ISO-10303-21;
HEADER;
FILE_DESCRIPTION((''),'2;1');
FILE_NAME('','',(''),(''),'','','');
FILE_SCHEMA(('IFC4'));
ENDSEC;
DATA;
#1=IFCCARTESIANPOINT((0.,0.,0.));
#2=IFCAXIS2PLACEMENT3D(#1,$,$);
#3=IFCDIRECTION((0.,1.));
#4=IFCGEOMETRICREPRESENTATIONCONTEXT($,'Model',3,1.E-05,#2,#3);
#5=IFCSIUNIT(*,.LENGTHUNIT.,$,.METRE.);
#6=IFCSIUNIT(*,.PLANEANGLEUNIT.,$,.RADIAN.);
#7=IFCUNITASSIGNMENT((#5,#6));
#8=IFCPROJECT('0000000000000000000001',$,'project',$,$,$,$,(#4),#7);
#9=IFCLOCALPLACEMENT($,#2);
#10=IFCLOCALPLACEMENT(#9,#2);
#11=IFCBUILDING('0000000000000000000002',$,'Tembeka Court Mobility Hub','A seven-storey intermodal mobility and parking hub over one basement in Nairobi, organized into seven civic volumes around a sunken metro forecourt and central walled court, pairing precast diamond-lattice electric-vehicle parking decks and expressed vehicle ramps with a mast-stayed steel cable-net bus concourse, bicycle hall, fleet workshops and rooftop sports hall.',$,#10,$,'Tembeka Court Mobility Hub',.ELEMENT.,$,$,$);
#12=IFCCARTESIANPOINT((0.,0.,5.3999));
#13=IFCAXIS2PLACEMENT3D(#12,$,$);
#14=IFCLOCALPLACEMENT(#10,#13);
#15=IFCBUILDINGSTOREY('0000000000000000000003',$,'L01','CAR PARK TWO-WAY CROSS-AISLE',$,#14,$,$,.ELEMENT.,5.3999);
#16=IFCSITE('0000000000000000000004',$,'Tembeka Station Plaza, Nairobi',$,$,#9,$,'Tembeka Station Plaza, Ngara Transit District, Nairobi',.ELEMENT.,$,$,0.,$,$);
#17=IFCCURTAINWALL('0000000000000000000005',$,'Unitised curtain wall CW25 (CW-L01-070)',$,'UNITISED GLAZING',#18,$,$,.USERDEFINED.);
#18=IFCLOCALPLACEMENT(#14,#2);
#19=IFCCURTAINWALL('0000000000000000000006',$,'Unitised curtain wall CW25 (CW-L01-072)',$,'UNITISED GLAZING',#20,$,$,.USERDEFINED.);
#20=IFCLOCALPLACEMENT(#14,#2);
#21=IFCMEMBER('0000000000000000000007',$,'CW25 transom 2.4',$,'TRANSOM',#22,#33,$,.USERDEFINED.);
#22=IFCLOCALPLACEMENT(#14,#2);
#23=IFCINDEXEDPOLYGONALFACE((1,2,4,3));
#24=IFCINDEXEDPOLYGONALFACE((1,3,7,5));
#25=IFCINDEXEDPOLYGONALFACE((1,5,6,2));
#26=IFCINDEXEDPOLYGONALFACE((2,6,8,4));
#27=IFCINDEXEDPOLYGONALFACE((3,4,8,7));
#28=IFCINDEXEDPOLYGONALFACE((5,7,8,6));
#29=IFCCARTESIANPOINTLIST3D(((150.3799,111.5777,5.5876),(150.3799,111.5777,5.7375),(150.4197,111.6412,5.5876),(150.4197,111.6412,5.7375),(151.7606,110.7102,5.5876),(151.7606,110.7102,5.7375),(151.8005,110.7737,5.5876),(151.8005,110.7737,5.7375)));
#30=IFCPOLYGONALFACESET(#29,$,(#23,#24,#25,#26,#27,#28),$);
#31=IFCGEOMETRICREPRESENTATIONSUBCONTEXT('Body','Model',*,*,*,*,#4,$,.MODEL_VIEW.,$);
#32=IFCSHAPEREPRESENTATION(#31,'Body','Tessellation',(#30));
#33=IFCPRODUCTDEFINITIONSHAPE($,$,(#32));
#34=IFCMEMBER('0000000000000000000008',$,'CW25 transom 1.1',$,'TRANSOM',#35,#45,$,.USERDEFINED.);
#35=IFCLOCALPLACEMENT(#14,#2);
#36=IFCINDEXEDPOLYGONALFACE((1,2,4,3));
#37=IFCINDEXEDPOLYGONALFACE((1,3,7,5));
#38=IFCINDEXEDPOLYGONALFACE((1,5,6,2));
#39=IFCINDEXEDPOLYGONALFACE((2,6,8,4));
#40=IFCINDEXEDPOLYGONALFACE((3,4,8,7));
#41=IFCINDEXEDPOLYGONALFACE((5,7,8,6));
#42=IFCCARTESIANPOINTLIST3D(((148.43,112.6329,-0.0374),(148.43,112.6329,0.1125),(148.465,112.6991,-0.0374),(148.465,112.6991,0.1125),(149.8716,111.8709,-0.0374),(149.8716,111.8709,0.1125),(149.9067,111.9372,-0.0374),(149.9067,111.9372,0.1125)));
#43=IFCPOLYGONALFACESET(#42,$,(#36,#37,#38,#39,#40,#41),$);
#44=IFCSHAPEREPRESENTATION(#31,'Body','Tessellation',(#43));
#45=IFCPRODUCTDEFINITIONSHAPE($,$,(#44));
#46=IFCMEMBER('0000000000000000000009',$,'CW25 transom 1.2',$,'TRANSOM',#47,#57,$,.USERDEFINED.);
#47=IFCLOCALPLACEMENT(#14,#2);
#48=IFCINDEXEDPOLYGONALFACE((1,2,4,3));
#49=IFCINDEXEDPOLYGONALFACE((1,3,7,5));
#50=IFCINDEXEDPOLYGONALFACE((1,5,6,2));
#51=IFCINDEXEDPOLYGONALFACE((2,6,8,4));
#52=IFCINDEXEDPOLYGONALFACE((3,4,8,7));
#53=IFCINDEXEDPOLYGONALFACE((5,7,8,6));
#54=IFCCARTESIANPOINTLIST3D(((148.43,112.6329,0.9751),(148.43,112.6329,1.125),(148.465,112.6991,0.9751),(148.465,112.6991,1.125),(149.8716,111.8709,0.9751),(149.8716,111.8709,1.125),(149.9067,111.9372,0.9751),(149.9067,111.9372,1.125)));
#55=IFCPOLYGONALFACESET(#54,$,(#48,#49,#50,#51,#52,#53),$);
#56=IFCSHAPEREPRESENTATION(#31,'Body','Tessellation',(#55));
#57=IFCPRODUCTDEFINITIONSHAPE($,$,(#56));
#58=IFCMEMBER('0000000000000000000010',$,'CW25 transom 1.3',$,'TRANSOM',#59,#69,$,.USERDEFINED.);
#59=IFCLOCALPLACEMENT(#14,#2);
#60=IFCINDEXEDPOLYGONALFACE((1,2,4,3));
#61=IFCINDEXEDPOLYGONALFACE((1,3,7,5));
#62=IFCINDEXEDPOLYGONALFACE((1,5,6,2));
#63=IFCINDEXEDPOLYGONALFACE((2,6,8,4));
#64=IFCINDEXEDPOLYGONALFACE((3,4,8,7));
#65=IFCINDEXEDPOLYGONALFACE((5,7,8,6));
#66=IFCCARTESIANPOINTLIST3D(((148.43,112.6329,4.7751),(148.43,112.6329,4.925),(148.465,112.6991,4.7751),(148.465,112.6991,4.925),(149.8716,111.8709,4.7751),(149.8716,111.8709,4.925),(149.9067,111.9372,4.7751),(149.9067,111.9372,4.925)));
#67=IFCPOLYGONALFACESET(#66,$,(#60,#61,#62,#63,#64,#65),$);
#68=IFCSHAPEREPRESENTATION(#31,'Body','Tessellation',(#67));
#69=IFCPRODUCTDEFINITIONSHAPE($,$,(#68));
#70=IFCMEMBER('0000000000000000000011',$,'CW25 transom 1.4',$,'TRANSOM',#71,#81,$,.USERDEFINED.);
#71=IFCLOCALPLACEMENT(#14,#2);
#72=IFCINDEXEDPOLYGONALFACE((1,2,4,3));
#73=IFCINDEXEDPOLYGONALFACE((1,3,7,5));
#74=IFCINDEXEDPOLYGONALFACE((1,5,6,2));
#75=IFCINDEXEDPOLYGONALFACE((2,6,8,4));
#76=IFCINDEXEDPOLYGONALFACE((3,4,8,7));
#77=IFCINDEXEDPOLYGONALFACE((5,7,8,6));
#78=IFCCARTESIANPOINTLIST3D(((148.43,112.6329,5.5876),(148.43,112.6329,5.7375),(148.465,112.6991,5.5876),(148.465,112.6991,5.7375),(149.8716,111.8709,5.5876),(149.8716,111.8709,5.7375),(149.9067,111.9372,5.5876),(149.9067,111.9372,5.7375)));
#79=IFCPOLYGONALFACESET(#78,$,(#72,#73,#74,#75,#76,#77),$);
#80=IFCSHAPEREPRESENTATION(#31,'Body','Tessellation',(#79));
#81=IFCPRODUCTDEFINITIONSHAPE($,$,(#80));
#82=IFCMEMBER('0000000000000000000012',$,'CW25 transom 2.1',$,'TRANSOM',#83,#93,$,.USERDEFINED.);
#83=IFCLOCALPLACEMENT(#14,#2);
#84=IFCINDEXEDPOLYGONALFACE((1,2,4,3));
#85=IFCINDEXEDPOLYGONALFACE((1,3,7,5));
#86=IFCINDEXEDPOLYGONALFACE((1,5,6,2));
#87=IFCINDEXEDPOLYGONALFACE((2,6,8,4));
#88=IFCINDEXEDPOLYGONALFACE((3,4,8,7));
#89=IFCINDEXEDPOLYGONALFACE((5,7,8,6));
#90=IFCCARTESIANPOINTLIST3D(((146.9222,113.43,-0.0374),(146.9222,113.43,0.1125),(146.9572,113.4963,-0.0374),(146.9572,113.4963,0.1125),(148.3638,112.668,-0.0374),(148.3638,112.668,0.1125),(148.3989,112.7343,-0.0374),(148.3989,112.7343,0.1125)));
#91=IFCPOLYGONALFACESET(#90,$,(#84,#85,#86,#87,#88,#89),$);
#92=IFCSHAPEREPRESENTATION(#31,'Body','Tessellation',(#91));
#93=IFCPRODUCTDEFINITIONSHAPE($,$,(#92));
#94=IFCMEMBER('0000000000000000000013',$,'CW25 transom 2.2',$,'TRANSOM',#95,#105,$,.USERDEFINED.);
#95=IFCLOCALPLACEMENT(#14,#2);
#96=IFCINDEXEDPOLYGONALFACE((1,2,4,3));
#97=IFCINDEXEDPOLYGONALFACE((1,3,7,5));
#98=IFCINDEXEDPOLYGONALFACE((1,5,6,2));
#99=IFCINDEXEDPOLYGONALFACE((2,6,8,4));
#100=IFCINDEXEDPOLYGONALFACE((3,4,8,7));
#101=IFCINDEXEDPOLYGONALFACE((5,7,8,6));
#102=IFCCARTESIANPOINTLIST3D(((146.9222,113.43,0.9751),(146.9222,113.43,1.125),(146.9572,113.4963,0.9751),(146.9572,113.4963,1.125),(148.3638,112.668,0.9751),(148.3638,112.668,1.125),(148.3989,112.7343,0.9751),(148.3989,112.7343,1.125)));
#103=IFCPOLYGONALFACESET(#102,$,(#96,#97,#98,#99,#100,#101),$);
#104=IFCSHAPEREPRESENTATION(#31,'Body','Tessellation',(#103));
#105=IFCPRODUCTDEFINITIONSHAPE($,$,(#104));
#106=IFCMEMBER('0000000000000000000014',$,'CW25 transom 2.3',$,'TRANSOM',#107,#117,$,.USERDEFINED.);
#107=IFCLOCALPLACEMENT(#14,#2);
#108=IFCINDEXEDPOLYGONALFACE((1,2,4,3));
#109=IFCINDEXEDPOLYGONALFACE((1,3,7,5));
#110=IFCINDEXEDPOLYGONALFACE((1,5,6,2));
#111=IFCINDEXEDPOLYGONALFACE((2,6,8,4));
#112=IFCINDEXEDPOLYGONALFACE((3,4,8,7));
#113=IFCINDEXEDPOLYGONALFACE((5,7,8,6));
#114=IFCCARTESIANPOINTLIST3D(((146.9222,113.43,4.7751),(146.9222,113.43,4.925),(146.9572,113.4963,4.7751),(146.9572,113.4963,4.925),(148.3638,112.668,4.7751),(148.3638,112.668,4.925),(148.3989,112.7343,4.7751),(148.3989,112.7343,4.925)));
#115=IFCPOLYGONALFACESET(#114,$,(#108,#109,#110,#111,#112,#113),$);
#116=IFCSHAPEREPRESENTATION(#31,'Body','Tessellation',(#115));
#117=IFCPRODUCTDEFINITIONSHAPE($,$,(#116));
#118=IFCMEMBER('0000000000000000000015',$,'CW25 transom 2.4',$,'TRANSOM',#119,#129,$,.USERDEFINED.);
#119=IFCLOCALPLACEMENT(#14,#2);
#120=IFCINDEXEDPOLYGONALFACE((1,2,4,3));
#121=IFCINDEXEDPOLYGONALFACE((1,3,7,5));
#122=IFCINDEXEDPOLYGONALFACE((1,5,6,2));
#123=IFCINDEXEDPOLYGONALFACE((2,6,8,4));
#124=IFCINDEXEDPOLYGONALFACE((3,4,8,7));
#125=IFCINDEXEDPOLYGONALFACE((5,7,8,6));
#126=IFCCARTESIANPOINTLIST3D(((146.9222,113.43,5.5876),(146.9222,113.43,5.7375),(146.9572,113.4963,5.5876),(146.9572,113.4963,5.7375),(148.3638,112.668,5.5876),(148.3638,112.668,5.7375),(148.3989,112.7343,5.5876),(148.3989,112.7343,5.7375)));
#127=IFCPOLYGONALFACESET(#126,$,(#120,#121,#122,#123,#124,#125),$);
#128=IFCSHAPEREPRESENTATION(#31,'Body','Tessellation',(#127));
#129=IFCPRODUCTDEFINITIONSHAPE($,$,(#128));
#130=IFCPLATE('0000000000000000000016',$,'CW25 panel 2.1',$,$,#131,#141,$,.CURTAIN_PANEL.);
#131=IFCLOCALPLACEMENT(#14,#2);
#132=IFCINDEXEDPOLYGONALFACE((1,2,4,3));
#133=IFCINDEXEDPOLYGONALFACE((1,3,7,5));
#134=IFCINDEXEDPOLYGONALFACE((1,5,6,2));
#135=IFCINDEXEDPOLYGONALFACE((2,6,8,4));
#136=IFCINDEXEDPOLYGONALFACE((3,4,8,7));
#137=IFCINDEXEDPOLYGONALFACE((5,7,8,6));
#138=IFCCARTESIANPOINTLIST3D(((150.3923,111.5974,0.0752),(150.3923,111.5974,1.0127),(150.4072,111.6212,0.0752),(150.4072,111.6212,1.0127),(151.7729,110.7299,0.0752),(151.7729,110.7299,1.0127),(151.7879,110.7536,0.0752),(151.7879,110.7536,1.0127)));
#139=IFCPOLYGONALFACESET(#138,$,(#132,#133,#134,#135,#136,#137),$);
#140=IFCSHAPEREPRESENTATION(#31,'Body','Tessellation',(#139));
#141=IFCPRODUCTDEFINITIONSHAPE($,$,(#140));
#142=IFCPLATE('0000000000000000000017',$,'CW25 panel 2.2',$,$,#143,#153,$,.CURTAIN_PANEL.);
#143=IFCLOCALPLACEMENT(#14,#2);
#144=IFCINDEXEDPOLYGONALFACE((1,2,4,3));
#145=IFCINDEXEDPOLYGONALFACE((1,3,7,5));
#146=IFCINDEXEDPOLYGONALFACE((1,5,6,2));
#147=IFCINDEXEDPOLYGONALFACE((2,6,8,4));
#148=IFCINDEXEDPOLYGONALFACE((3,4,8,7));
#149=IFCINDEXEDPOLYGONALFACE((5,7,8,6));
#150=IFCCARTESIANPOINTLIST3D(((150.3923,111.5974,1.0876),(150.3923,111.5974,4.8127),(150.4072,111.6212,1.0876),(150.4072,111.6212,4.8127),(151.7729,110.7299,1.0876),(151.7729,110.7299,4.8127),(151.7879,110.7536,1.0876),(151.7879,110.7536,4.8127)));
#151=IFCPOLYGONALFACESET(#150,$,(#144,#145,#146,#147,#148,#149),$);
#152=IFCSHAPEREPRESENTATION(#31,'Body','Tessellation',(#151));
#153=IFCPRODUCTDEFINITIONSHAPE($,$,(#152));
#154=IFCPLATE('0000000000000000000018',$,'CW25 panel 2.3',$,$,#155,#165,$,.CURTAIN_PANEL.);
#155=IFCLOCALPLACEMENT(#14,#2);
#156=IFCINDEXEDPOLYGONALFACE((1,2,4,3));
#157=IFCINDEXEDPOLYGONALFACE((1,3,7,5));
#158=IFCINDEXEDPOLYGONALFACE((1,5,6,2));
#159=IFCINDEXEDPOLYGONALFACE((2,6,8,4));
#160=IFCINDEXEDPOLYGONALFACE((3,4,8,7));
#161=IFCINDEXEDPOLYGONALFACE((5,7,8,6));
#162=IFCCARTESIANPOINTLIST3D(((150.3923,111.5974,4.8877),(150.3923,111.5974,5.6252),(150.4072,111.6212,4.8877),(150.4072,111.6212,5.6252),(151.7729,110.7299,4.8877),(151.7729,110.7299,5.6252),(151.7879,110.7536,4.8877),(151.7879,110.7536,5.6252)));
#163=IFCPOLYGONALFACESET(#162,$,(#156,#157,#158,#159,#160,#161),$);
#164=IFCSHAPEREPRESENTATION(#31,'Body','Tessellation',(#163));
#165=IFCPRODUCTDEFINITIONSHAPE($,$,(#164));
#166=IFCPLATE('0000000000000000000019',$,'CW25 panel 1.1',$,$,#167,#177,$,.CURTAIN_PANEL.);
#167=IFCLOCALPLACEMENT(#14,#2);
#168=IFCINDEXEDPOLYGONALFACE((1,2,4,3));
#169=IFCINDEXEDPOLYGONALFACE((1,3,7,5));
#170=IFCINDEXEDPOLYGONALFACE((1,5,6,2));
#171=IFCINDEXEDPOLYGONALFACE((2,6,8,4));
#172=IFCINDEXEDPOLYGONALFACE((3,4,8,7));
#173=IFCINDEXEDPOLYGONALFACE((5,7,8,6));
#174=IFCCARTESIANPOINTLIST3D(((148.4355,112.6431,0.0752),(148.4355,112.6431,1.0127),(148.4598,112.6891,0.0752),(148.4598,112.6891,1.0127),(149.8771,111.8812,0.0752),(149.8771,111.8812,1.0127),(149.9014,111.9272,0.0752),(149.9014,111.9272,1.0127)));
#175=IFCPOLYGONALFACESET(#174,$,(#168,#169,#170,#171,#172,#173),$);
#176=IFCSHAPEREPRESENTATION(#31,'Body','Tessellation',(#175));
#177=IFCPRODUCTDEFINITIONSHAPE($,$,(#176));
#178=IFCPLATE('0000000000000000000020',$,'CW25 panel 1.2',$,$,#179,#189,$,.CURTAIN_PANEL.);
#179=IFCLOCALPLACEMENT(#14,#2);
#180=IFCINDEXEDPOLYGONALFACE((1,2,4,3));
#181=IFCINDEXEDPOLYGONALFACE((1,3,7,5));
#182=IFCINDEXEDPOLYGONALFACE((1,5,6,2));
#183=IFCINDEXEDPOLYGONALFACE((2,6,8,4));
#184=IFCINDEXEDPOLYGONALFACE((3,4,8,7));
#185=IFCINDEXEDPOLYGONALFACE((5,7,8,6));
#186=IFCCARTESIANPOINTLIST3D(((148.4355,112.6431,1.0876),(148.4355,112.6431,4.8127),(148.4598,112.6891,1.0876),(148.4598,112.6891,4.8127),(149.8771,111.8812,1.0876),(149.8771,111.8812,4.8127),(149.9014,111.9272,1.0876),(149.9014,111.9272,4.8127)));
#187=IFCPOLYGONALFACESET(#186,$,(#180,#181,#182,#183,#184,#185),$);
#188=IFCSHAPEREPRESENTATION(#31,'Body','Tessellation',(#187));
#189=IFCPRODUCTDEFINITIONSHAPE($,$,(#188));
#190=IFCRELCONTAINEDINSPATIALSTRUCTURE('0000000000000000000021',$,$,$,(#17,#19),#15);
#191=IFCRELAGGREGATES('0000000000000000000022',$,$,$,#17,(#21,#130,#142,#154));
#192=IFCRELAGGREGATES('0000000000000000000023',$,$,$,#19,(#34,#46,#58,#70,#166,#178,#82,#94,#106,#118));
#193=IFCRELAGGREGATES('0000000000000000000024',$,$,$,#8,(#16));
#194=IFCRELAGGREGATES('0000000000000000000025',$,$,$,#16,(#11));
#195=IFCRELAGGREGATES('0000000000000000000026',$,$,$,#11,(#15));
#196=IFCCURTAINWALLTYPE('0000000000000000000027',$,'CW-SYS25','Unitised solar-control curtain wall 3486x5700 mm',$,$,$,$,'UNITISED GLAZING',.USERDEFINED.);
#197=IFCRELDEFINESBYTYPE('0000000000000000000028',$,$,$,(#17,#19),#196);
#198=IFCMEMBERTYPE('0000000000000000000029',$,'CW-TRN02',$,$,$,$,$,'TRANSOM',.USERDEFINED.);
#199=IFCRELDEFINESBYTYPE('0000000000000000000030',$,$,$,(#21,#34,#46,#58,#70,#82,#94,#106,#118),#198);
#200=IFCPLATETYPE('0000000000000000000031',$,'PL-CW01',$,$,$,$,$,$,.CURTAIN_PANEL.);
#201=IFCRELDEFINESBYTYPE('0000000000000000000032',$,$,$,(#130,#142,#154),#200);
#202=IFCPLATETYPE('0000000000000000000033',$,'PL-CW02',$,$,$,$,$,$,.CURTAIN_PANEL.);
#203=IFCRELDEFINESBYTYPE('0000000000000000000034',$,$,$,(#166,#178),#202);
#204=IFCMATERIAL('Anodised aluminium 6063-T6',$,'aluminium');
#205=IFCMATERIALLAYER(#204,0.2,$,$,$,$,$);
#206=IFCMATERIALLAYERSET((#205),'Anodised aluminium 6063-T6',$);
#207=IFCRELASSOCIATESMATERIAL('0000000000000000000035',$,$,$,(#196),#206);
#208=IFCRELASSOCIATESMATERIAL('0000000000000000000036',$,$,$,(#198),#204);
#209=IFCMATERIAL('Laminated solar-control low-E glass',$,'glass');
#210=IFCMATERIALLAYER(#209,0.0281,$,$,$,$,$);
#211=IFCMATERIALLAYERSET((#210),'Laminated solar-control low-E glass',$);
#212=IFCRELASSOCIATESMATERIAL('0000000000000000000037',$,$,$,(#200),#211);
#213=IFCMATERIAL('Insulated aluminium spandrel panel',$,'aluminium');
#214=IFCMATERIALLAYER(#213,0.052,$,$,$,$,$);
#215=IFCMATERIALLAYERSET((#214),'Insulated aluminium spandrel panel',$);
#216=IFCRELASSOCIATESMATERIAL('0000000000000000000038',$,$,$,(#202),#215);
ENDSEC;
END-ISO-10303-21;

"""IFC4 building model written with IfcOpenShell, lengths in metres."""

from ifc_helpers import new_model, si_unit, direction, frame, origin, origin_2d, place, context, subcontext, project, spatial, rectangle, extrude, material, layer, layer_set, material_profile, profile_set, type_object, element, aggregate, save


model = new_model("IFC4")

# Units and contexts
model_context = context("Model", 3, precision=1e-05, world=origin(), true_north=direction((0.0, 1.0)))
body_context = subcontext(model_context, "Body", "Model", "MODEL_VIEW")
ifc_project = project(units=[si_unit("LENGTHUNIT", "METRE"), si_unit("PLANEANGLEUNIT", "RADIAN")], contexts=[model_context])

# Site, building, storey
site_placement = place(None, origin())
site = spatial("IfcSite", under=ifc_project, at=site_placement, Name="Tembeka Station Plaza, Nairobi", LongName="Tembeka Station Plaza, Ngara Transit District, Nairobi", CompositionType="ELEMENT", RefElevation=0.0)
building_placement = place(site_placement, origin())
building = spatial("IfcBuilding", under=site, at=building_placement, Name="Tembeka Court Mobility Hub", Description="A seven-storey intermodal mobility and parking hub over one basement in Nairobi, organized into seven civic volumes around a sunken metro forecourt and central walled court, pairing precast diamond-lattice electric-vehicle parking decks and expressed vehicle ramps with a mast-stayed steel cable-net bus concourse, bicycle hall, fleet workshops and rooftop sports hall.", LongName="Tembeka Court Mobility Hub", CompositionType="ELEMENT")
storey_placement = place(building_placement, frame((0.0, 0.0, 5.3999)))
storey = spatial("IfcBuildingStorey", under=building, at=storey_placement, Name="L01", Description="CAR PARK TWO-WAY CROSS-AISLE", CompositionType="ELEMENT", Elevation=5.3999)

# Curtain wall
ifc_material_1 = material(Name="Anodised aluminium 6063-T6", Category="aluminium")
ifc_layer_1 = layer(ifc_material_1, 0.2)
ifc_layer_set_1 = layer_set([ifc_layer_1], Name="Anodised aluminium 6063-T6")
curtain_wall_type = type_object("IfcCurtainWallType", Name="CW-SYS25", Description="Unitised solar-control curtain wall 3486x5700 mm", ElementType="UNITISED GLAZING", PredefinedType="USERDEFINED", material=ifc_layer_set_1)
curtain_wall_1_placement = place(storey_placement, origin())
curtain_wall_1 = element("IfcCurtainWall", 1, at=curtain_wall_1_placement, inside=storey, type_object=curtain_wall_type, Name="Unitised curtain wall CW25 (CW-L01-070)", ObjectType="UNITISED GLAZING", PredefinedType="USERDEFINED")

# Curtain wall
curtain_wall_2_placement = place(storey_placement, origin())
curtain_wall_2 = element("IfcCurtainWall", 2, at=curtain_wall_2_placement, inside=storey, type_object=curtain_wall_type, Name="Unitised curtain wall CW25 (CW-L01-072)", ObjectType="UNITISED GLAZING", PredefinedType="USERDEFINED")

# Members
ifc_material_profile_1 = material_profile(ifc_material_1, rectangle(XDim=0.075, YDim=0.1499, at=origin_2d()), Name="ALU-TRN 75x150")
ifc_profile_set_1 = profile_set([ifc_material_profile_1], Name="Anodised aluminium 6063-T6")
member_type_1 = type_object("IfcMemberType", Name="CW-TRN02", ElementType="TRANSOM", PredefinedType="USERDEFINED", material=ifc_profile_set_1)
member_1_placement = place(storey_placement, frame((151.7805, 110.7419, 5.6626), z_axis=(-0.846743, 0.532003, 0.0), x_axis=(-0.532003, -0.846743, 0.0)))
member_1 = element("IfcMember", 3, at=member_1_placement, type_object=member_type_1, Name="CW25 transom 2.4", ObjectType="TRANSOM", PredefinedType="USERDEFINED", context=body_context, shape_type="SweptSolid", body=[
    extrude(rectangle(XDim=0.075, YDim=0.1499, at=origin_2d()), origin(), (0.0, 0.0, 1.0), 1.6306),
])
member_2_placement = place(storey_placement, frame((149.8892, 111.9041, 0.0376), z_axis=(-0.884108, 0.467282, 0.0), x_axis=(-0.467282, -0.884108, 0.0)))
member_2 = element("IfcMember", 4, at=member_2_placement, type_object=member_type_1, Name="CW25 transom 1.1", ObjectType="TRANSOM", PredefinedType="USERDEFINED", context=body_context, shape_type="SweptSolid", body=[
    extrude(rectangle(XDim=0.075, YDim=0.1499, at=origin_2d()), origin(), (0.0, 0.0, 1.0), 1.6306),
])
member_3_placement = place(storey_placement, frame((149.8892, 111.9041, 1.05), z_axis=(-0.884108, 0.467282, 0.0), x_axis=(-0.467282, -0.884108, 0.0)))
member_3 = element("IfcMember", 5, at=member_3_placement, type_object=member_type_1, Name="CW25 transom 1.2", ObjectType="TRANSOM", PredefinedType="USERDEFINED", context=body_context, shape_type="SweptSolid", body=[
    extrude(rectangle(XDim=0.075, YDim=0.1499, at=origin_2d()), origin(), (0.0, 0.0, 1.0), 1.6306),
])
member_4_placement = place(storey_placement, frame((149.8892, 111.9041, 4.8501), z_axis=(-0.884108, 0.467282, 0.0), x_axis=(-0.467282, -0.884108, 0.0)))
member_4 = element("IfcMember", 6, at=member_4_placement, type_object=member_type_1, Name="CW25 transom 1.3", ObjectType="TRANSOM", PredefinedType="USERDEFINED", context=body_context, shape_type="SweptSolid", body=[
    extrude(rectangle(XDim=0.075, YDim=0.1499, at=origin_2d()), origin(), (0.0, 0.0, 1.0), 1.6306),
])
member_5_placement = place(storey_placement, frame((149.8892, 111.9041, 5.6626), z_axis=(-0.884108, 0.467282, 0.0), x_axis=(-0.467282, -0.884108, 0.0)))
member_5 = element("IfcMember", 7, at=member_5_placement, type_object=member_type_1, Name="CW25 transom 1.4", ObjectType="TRANSOM", PredefinedType="USERDEFINED", context=body_context, shape_type="SweptSolid", body=[
    extrude(rectangle(XDim=0.075, YDim=0.1499, at=origin_2d()), origin(), (0.0, 0.0, 1.0), 1.6306),
])
member_6_placement = place(storey_placement, frame((148.3813, 112.7012, 0.0376), z_axis=(-0.884108, 0.467282, 0.0), x_axis=(-0.467282, -0.884108, 0.0)))
member_6 = element("IfcMember", 8, at=member_6_placement, type_object=member_type_1, Name="CW25 transom 2.1", ObjectType="TRANSOM", PredefinedType="USERDEFINED", context=body_context, shape_type="SweptSolid", body=[
    extrude(rectangle(XDim=0.075, YDim=0.1499, at=origin_2d()), origin(), (0.0, 0.0, 1.0), 1.6306),
])
member_7_placement = place(storey_placement, frame((148.3813, 112.7012, 1.05), z_axis=(-0.884108, 0.467282, 0.0), x_axis=(-0.467282, -0.884108, 0.0)))
member_7 = element("IfcMember", 9, at=member_7_placement, type_object=member_type_1, Name="CW25 transom 2.2", ObjectType="TRANSOM", PredefinedType="USERDEFINED", context=body_context, shape_type="SweptSolid", body=[
    extrude(rectangle(XDim=0.075, YDim=0.1499, at=origin_2d()), origin(), (0.0, 0.0, 1.0), 1.6306),
])
member_8_placement = place(storey_placement, frame((148.3813, 112.7012, 4.8501), z_axis=(-0.884108, 0.467282, 0.0), x_axis=(-0.467282, -0.884108, 0.0)))
member_8 = element("IfcMember", 10, at=member_8_placement, type_object=member_type_1, Name="CW25 transom 2.3", ObjectType="TRANSOM", PredefinedType="USERDEFINED", context=body_context, shape_type="SweptSolid", body=[
    extrude(rectangle(XDim=0.075, YDim=0.1499, at=origin_2d()), origin(), (0.0, 0.0, 1.0), 1.6306),
])
member_9_placement = place(storey_placement, frame((148.3813, 112.7012, 5.6626), z_axis=(-0.884108, 0.467282, 0.0), x_axis=(-0.467282, -0.884108, 0.0)))
member_9 = element("IfcMember", 11, at=member_9_placement, type_object=member_type_1, Name="CW25 transom 2.4", ObjectType="TRANSOM", PredefinedType="USERDEFINED", context=body_context, shape_type="SweptSolid", body=[
    extrude(rectangle(XDim=0.075, YDim=0.1499, at=origin_2d()), origin(), (0.0, 0.0, 1.0), 1.6306),
])

# Plates
ifc_material_2 = material(Name="Laminated solar-control low-E glass", Category="glass")
ifc_layer_2 = layer(ifc_material_2, 0.0281)
ifc_layer_set_2 = layer_set([ifc_layer_2], Name="Laminated solar-control low-E glass")
plate_type_1 = type_object("IfcPlateType", Name="PL-CW01", PredefinedType="CURTAIN_PANEL", material=ifc_layer_set_2)
plate_1_placement = place(storey_placement, frame((151.0901, 111.1755, 0.0752), z_axis=(0.0, 0.0, 1.0), x_axis=(-0.846708, 0.532058, 0.0)))
plate_1 = element("IfcPlate", 12, at=plate_1_placement, type_object=plate_type_1, Name="CW25 panel 2.1", PredefinedType="CURTAIN_PANEL", context=body_context, shape_type="SweptSolid", body=[
    extrude(rectangle(XDim=1.6306, YDim=0.0281, at=origin_2d()), origin(), (0.0, 0.0, 1.0), 0.9375),
])
plate_2_placement = place(storey_placement, frame((151.0901, 111.1755, 1.0876), z_axis=(0.0, 0.0, 1.0), x_axis=(-0.846708, 0.532058, 0.0)))
plate_2 = element("IfcPlate", 13, at=plate_2_placement, type_object=plate_type_1, Name="CW25 panel 2.2", PredefinedType="CURTAIN_PANEL", context=body_context, shape_type="SweptSolid", body=[
    extrude(rectangle(XDim=1.6306, YDim=0.0281, at=origin_2d()), origin(), (0.0, 0.0, 1.0), 3.7251),
])
plate_3_placement = place(storey_placement, frame((151.0901, 111.1755, 4.8877), z_axis=(0.0, 0.0, 1.0), x_axis=(-0.846708, 0.532058, 0.0)))
plate_3 = element("IfcPlate", 14, at=plate_3_placement, type_object=plate_type_1, Name="CW25 panel 2.3", PredefinedType="CURTAIN_PANEL", context=body_context, shape_type="SweptSolid", body=[
    extrude(rectangle(XDim=1.6306, YDim=0.0281, at=origin_2d()), origin(), (0.0, 0.0, 1.0), 0.7375),
])
aggregate(curtain_wall_1, [member_1, plate_1, plate_2, plate_3])
ifc_material_3 = material(Name="Insulated aluminium spandrel panel", Category="aluminium")
ifc_layer_3 = layer(ifc_material_3, 0.052)
ifc_layer_set_3 = layer_set([ifc_layer_3], Name="Insulated aluminium spandrel panel")
plate_type_2 = type_object("IfcPlateType", Name="PL-CW02", PredefinedType="CURTAIN_PANEL", material=ifc_layer_set_3)
plate_4_placement = place(storey_placement, frame((149.1685, 112.2852, 0.0752), z_axis=(0.0, 0.0, 1.0), x_axis=(-0.884108, 0.467283, 0.0)))
plate_4 = element("IfcPlate", 15, at=plate_4_placement, type_object=plate_type_2, Name="CW25 panel 1.1", PredefinedType="CURTAIN_PANEL", context=body_context, shape_type="SweptSolid", body=[
    extrude(rectangle(XDim=1.6306, YDim=0.052, at=origin_2d()), origin(), (0.0, 0.0, 1.0), 0.9375),
])
plate_5_placement = place(storey_placement, frame((149.1685, 112.2852, 1.0876), z_axis=(0.0, 0.0, 1.0), x_axis=(-0.884108, 0.467283, 0.0)))
plate_5 = element("IfcPlate", 16, at=plate_5_placement, type_object=plate_type_2, Name="CW25 panel 1.2", PredefinedType="CURTAIN_PANEL", context=body_context, shape_type="SweptSolid", body=[
    extrude(rectangle(XDim=1.6306, YDim=0.052, at=origin_2d()), origin(), (0.0, 0.0, 1.0), 3.7251),
])
aggregate(curtain_wall_2, [member_2, member_3, member_4, member_5, plate_4, plate_5, member_6, member_7, member_8, member_9])

save(model, "model.ifc")
